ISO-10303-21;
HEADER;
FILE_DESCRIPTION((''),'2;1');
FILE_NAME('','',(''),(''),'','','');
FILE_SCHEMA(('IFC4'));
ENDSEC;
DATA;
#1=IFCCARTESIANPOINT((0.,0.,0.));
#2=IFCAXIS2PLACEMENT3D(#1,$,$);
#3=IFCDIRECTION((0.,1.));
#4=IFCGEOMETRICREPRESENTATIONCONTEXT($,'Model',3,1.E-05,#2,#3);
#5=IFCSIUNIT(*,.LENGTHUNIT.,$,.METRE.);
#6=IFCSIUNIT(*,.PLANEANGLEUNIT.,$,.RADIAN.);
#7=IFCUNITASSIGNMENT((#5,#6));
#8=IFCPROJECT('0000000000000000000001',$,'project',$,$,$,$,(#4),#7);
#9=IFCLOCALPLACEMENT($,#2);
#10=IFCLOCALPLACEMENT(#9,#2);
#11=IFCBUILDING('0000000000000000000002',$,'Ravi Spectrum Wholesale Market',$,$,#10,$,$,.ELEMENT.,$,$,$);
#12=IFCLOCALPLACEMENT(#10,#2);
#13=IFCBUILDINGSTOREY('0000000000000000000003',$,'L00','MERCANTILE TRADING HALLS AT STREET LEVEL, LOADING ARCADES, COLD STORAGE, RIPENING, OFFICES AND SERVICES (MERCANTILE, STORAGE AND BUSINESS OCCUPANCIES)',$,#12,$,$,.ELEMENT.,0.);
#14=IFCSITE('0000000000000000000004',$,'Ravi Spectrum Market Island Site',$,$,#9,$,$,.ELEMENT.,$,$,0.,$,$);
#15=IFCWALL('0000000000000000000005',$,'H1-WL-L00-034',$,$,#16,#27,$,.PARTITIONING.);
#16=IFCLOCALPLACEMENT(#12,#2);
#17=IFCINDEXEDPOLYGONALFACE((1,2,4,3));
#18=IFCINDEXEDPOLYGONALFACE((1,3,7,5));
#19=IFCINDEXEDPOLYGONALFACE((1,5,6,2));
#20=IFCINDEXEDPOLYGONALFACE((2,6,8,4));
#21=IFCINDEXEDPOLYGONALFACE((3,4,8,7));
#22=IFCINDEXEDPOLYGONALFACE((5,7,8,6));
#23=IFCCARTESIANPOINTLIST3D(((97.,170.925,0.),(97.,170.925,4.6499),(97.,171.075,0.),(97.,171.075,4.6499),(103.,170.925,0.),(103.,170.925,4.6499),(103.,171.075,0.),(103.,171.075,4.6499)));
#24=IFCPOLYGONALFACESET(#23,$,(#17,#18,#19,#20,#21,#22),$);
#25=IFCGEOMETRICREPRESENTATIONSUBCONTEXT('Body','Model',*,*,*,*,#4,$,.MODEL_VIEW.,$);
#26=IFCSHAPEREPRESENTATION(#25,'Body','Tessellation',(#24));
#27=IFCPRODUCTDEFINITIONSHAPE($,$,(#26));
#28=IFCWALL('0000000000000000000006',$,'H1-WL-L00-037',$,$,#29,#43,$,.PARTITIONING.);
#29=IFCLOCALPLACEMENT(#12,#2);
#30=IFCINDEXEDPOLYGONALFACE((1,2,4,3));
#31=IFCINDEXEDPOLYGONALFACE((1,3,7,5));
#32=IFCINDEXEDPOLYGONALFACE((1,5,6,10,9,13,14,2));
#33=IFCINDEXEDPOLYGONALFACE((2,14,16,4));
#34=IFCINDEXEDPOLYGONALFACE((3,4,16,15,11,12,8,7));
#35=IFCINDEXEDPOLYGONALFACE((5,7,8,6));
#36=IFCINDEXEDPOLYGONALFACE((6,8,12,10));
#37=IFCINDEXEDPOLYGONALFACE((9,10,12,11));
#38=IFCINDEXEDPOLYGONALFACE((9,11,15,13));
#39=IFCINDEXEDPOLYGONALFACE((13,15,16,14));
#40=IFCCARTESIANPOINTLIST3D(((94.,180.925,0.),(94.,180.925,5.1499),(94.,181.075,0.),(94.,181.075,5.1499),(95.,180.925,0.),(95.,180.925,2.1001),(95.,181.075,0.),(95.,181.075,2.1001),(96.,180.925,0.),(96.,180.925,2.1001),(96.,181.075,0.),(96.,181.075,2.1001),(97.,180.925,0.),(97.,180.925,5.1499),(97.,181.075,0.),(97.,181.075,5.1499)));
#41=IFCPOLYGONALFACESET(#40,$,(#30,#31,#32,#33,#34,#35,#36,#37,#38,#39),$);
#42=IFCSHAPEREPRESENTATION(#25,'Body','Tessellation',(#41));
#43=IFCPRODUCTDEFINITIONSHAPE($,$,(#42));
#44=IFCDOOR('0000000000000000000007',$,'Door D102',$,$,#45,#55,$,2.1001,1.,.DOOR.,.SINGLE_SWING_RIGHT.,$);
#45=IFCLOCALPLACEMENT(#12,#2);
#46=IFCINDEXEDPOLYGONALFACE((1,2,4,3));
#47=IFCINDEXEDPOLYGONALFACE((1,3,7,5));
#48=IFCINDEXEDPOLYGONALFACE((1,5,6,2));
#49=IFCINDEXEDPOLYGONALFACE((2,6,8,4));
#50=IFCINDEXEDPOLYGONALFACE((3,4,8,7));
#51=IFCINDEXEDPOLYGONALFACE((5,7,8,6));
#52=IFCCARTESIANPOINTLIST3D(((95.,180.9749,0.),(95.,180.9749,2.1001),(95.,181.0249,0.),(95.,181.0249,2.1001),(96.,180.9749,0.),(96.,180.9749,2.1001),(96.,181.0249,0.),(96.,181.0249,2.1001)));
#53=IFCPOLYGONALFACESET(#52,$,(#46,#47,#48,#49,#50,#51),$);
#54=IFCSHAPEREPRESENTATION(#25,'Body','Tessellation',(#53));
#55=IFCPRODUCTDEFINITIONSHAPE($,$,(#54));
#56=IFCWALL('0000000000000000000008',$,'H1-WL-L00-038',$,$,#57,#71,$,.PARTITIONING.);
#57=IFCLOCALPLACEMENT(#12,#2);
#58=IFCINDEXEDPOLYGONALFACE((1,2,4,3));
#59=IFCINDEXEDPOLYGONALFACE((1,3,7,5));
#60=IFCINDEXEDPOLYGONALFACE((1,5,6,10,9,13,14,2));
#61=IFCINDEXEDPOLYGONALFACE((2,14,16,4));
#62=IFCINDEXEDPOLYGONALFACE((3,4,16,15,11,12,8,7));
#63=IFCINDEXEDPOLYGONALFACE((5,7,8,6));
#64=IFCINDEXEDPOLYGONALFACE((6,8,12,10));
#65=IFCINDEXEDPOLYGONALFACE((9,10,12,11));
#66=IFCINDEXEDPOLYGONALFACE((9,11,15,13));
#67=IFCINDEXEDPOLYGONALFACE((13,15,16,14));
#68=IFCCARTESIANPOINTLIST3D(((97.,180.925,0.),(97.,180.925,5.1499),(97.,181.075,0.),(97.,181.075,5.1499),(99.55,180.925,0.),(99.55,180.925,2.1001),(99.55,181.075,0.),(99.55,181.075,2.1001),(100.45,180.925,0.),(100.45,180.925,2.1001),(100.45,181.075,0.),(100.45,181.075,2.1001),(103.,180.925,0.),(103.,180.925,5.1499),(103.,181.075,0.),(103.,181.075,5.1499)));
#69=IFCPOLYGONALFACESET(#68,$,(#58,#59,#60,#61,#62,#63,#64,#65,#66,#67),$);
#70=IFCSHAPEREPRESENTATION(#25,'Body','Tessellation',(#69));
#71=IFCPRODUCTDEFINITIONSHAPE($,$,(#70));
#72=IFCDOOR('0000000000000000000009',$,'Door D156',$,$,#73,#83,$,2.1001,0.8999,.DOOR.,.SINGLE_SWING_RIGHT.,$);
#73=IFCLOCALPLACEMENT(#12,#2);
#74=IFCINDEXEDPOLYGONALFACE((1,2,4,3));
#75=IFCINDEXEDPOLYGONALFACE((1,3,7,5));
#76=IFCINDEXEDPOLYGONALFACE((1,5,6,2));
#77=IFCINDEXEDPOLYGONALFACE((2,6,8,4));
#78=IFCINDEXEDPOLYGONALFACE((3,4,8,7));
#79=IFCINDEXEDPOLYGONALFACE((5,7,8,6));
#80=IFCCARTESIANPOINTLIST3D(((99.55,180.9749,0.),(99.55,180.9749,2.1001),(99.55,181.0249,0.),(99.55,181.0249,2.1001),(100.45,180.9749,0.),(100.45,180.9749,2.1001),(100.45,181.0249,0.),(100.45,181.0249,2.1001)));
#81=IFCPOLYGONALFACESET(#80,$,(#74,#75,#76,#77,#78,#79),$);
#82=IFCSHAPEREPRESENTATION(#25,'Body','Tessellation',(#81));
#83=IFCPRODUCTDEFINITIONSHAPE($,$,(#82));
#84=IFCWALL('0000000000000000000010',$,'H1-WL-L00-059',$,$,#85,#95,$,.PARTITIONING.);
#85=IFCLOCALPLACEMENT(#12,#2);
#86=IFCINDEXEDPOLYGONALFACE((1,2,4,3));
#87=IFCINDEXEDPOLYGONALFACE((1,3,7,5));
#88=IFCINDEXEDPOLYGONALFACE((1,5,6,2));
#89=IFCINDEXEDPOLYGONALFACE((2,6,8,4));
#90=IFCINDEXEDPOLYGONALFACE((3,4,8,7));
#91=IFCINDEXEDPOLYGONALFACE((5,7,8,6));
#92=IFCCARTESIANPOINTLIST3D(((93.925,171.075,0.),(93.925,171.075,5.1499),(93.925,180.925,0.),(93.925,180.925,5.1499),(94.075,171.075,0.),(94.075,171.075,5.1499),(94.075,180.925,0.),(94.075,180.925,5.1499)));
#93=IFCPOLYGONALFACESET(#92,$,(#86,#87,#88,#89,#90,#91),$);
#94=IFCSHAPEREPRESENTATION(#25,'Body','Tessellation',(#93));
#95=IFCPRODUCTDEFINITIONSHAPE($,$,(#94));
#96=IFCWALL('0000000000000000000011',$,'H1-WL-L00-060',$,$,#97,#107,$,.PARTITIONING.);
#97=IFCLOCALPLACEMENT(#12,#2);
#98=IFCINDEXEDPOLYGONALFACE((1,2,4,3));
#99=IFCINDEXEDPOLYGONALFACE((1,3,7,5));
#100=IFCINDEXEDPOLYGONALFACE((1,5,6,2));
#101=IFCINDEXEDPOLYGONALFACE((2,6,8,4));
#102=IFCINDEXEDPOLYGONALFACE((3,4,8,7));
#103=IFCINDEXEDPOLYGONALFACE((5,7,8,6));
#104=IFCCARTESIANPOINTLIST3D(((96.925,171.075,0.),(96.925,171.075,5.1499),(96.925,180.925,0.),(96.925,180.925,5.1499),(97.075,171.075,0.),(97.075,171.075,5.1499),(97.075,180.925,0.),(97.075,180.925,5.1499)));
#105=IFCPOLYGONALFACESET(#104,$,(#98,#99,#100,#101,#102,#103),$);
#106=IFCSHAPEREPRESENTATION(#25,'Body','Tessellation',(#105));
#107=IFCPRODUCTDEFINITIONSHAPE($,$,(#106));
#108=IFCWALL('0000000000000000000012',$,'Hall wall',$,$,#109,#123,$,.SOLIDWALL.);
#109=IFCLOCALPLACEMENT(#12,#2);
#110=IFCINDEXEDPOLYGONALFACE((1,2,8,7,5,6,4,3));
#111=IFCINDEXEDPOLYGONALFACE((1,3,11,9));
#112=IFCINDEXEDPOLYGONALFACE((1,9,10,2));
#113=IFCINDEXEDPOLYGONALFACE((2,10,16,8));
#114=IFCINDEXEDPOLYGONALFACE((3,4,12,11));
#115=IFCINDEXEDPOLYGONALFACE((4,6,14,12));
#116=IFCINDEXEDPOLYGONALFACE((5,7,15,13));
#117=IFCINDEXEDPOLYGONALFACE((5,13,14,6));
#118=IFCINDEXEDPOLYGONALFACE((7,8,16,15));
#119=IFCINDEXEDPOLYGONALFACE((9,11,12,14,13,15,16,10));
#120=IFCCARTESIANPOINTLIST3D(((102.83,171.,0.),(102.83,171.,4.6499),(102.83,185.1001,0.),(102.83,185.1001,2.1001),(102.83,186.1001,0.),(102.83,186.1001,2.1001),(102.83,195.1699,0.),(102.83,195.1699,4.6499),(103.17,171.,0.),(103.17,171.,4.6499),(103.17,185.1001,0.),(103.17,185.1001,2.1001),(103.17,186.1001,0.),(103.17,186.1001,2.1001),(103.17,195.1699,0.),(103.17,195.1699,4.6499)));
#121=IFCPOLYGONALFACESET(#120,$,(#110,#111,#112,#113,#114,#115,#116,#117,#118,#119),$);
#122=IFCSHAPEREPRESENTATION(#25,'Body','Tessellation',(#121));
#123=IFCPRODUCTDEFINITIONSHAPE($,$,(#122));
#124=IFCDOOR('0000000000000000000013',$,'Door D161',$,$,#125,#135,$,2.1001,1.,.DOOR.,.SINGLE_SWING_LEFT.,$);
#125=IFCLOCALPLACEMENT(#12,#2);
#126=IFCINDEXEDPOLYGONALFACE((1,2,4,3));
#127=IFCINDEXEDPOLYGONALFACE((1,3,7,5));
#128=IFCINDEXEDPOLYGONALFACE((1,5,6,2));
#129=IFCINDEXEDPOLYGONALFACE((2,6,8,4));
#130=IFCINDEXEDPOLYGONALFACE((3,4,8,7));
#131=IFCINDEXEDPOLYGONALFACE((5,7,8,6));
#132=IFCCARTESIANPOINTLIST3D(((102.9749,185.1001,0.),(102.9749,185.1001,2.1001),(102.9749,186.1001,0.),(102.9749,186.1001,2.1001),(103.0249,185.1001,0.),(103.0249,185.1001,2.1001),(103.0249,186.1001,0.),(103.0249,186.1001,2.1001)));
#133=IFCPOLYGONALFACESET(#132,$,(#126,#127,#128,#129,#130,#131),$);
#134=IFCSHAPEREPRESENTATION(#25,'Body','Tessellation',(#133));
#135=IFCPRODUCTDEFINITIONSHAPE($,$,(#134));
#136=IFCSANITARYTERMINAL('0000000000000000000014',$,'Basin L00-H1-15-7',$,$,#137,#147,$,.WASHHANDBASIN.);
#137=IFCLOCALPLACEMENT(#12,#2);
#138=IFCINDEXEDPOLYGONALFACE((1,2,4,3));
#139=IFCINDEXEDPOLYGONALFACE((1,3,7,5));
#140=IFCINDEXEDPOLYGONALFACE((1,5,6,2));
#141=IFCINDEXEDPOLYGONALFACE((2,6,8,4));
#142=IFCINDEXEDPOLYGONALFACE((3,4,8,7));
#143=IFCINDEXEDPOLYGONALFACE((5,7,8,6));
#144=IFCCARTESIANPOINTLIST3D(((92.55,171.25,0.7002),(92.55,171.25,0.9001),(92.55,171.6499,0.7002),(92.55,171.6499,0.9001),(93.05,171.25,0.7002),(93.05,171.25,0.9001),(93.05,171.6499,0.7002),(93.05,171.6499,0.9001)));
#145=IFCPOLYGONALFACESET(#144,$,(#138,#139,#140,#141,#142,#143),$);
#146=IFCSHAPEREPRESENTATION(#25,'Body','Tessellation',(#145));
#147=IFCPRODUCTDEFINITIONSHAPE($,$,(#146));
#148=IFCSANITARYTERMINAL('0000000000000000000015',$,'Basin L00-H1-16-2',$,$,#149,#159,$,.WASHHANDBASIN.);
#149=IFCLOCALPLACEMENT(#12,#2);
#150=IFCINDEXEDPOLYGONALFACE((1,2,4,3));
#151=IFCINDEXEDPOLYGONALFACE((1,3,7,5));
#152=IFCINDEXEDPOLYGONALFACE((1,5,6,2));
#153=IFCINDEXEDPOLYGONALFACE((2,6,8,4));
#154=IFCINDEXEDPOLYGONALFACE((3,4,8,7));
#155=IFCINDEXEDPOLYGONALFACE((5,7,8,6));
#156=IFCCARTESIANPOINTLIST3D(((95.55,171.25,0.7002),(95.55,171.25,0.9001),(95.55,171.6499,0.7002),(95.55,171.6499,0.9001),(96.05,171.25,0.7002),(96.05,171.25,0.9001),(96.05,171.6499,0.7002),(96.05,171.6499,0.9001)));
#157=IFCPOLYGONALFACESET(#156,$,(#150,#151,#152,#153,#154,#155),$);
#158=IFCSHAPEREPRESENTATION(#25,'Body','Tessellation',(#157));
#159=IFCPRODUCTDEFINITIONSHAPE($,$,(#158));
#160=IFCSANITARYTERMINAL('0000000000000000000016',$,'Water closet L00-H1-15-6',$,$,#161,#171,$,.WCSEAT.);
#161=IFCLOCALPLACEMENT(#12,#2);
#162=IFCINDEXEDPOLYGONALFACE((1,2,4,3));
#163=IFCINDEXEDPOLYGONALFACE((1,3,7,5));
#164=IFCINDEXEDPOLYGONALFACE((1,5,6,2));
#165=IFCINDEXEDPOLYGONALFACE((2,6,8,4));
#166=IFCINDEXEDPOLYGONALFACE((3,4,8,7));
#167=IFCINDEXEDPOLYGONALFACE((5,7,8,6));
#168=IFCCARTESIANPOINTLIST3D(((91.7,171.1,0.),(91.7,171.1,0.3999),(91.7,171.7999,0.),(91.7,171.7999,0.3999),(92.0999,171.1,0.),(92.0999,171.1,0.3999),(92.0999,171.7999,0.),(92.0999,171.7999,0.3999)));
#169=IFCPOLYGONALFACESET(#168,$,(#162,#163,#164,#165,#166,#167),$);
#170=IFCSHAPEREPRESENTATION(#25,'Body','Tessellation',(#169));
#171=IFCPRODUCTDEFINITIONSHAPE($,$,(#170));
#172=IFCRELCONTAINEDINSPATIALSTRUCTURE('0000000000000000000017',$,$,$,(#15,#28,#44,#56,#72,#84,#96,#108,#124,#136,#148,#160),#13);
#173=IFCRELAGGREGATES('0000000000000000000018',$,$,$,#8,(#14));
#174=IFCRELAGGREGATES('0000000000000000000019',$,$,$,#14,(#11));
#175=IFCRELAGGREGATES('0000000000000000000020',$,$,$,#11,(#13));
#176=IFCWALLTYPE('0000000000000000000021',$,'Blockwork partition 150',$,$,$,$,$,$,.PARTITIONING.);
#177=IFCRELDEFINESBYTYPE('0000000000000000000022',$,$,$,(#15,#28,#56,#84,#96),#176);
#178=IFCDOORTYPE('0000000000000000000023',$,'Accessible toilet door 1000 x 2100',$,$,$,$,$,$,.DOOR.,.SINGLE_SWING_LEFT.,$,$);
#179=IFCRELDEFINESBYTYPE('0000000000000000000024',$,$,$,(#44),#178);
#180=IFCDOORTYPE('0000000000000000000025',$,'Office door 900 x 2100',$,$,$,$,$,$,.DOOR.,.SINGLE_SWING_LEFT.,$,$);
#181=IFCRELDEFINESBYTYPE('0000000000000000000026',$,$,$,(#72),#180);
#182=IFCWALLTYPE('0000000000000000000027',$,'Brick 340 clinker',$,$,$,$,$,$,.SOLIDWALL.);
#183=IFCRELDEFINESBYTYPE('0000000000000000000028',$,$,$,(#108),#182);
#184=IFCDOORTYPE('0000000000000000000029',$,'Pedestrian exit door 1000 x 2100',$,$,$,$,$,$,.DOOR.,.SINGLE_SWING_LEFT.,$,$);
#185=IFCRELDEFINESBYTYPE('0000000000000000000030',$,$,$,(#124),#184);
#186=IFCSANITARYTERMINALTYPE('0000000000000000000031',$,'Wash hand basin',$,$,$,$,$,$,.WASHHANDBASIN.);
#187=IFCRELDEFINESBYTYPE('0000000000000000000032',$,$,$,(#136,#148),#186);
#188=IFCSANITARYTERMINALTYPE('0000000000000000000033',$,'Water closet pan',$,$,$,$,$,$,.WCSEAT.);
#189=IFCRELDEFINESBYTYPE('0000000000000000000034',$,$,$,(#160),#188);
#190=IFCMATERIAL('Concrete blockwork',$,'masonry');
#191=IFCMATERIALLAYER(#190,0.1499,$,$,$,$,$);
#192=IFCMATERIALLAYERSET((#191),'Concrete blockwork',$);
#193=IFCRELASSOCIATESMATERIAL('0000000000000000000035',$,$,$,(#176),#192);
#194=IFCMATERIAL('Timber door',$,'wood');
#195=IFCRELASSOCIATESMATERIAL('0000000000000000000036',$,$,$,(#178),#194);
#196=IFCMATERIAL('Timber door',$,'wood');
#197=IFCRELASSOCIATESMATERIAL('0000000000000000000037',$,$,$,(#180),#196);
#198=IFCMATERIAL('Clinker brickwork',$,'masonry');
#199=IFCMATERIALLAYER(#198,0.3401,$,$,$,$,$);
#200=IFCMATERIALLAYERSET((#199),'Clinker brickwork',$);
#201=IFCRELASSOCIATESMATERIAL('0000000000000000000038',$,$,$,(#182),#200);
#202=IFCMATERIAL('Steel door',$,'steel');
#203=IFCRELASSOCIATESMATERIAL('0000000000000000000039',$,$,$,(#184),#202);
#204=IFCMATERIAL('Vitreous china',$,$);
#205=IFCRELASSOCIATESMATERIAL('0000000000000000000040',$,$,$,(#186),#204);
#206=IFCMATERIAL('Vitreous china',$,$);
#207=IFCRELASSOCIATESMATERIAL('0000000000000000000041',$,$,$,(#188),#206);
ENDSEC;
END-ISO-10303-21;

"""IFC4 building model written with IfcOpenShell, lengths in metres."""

from ifc_helpers import new_model, si_unit, direction, frame, frame_2d, origin, origin_2d, place, context, subcontext, project, spatial, rectangle, extrude, material, layer, layer_set, type_object, element, fill, save


model = new_model("IFC4")

# Units and contexts
model_context = context("Model", 3, precision=1e-05, world=origin(), true_north=direction((0.0, 1.0)))
body_context = subcontext(model_context, "Body", "Model", "MODEL_VIEW")
ifc_project = project(units=[si_unit("LENGTHUNIT", "METRE"), si_unit("PLANEANGLEUNIT", "RADIAN")], contexts=[model_context])

# Site, building, storey
site_placement = place(None, origin())
site = spatial("IfcSite", under=ifc_project, at=site_placement, Name="Ravi Spectrum Market Island Site", CompositionType="ELEMENT", RefElevation=0.0)
building_placement = place(site_placement, origin())
building = spatial("IfcBuilding", under=site, at=building_placement, Name="Ravi Spectrum Wholesale Market", CompositionType="ELEMENT")
storey_placement = place(building_placement, origin())
storey = spatial("IfcBuildingStorey", under=building, at=storey_placement, Name="L00", Description="MERCANTILE TRADING HALLS AT STREET LEVEL, LOADING ARCADES, COLD STORAGE, RIPENING, OFFICES AND SERVICES (MERCANTILE, STORAGE AND BUSINESS OCCUPANCIES)", CompositionType="ELEMENT", Elevation=0.0)

# Wall
ifc_material_1 = material(Name="Concrete blockwork", Category="masonry")
ifc_layer_1 = layer(ifc_material_1, 0.1499)
ifc_layer_set_1 = layer_set([ifc_layer_1], Name="Concrete blockwork")
wall_type_1 = type_object("IfcWallType", Name="Blockwork partition 150", PredefinedType="PARTITIONING", material=ifc_layer_set_1)
wall_1_placement = place(storey_placement, frame((97.0, 171.0, 0.0), z_axis=(0.0, 0.0, 1.0), x_axis=(1.0, 0.0, 0.0)))
element("IfcWall", 1, at=wall_1_placement, inside=storey, type_object=wall_type_1, Name="H1-WL-L00-034", PredefinedType="PARTITIONING", context=body_context, shape_type="SweptSolid", body=[
    extrude(rectangle(XDim=6.0, YDim=0.1499, at=frame_2d((3.0, 0.0))), origin(), (0.0, 0.0, 1.0), 4.6499),
])

# Walls, openings, doors
wall_2_placement = place(storey_placement, frame((94.0, 181.0, 0.0), z_axis=(0.0, 0.0, 1.0), x_axis=(1.0, 0.0, 0.0)))
wall_2 = element("IfcWall", 2, at=wall_2_placement, inside=storey, type_object=wall_type_1, Name="H1-WL-L00-037", PredefinedType="PARTITIONING", context=body_context, shape_type="SweptSolid", body=[
    extrude(rectangle(XDim=3.0, YDim=0.1499, at=frame_2d((1.5, 0.0))), origin(), (0.0, 0.0, 1.0), 5.1499),
])
opening_1_placement = place(wall_2_placement, frame((1.0, 0.0, 0.0)))
opening_1 = element("IfcOpeningElement", 3, at=opening_1_placement, cuts=wall_2, PredefinedType="OPENING", context=body_context, shape_type="SweptSolid", body=[
    extrude(rectangle(XDim=1.0, YDim=2.1001, at=frame_2d((0.5, 1.05))), frame((0.0, 0.085, 0.0), z_axis=(0.0, -1.0, 0.0), x_axis=(1.0, 0.0, 0.0)), (0.0, 0.0, 1.0), 0.1699),
])
ifc_material_2 = material(Name="Timber door", Category="wood")
door_type_1 = type_object("IfcDoorType", Name="Accessible toilet door 1000 x 2100", OperationType="SINGLE_SWING_LEFT", PredefinedType="DOOR", material=ifc_material_2)
door_1_placement = place(opening_1_placement, origin())
door_1 = element("IfcDoor", 4, at=door_1_placement, inside=storey, type_object=door_type_1, Name="Door D102", OperationType="SINGLE_SWING_RIGHT", OverallHeight=2.1001, OverallWidth=1.0, PredefinedType="DOOR", context=body_context, shape_type="SweptSolid", body=[
    extrude(rectangle(XDim=1.0, YDim=2.1001, at=frame_2d((0.5, 1.05))), frame((0.0, 0.0249, 0.0), z_axis=(0.0, -1.0, 0.0), x_axis=(1.0, 0.0, 0.0)), (0.0, 0.0, 1.0), 0.05),
])
fill(opening_1, door_1)
wall_3_placement = place(storey_placement, frame((97.0, 181.0, 0.0), z_axis=(0.0, 0.0, 1.0), x_axis=(1.0, 0.0, 0.0)))
wall_3 = element("IfcWall", 5, at=wall_3_placement, inside=storey, type_object=wall_type_1, Name="H1-WL-L00-038", PredefinedType="PARTITIONING", context=body_context, shape_type="SweptSolid", body=[
    extrude(rectangle(XDim=6.0, YDim=0.1499, at=frame_2d((3.0, 0.0))), origin(), (0.0, 0.0, 1.0), 5.1499),
])
opening_2_placement = place(wall_3_placement, frame((2.55, 0.0, 0.0)))
opening_2 = element("IfcOpeningElement", 6, at=opening_2_placement, cuts=wall_3, PredefinedType="OPENING", context=body_context, shape_type="SweptSolid", body=[
    extrude(rectangle(XDim=0.8999, YDim=2.1001, at=frame_2d((0.45, 1.05))), frame((0.0, 0.085, 0.0), z_axis=(0.0, -1.0, 0.0), x_axis=(1.0, 0.0, 0.0)), (0.0, 0.0, 1.0), 0.1699),
])
ifc_material_3 = material(Name="Timber door", Category="wood")
door_type_2 = type_object("IfcDoorType", Name="Office door 900 x 2100", OperationType="SINGLE_SWING_LEFT", PredefinedType="DOOR", material=ifc_material_3)
door_2_placement = place(opening_2_placement, origin())
door_2 = element("IfcDoor", 7, at=door_2_placement, inside=storey, type_object=door_type_2, Name="Door D156", OperationType="SINGLE_SWING_RIGHT", OverallHeight=2.1001, OverallWidth=0.8999, PredefinedType="DOOR", context=body_context, shape_type="SweptSolid", body=[
    extrude(rectangle(XDim=0.8999, YDim=2.1001, at=frame_2d((0.45, 1.05))), frame((0.0, 0.0249, 0.0), z_axis=(0.0, -1.0, 0.0), x_axis=(1.0, 0.0, 0.0)), (0.0, 0.0, 1.0), 0.05),
])
fill(opening_2, door_2)

# Walls
for number, where, z_axis, x_axis, name in (
    (8, (94.0, 171.075, 0.0), (0.0, 0.0, 1.0), (0.0, 1.0, 0.0), "H1-WL-L00-059"),
    (9, (97.0, 171.075, 0.0), (0.0, 0.0, 1.0), (0.0, 1.0, 0.0), "H1-WL-L00-060"),
):
    element("IfcWall", number, at=place(storey_placement, frame(where, z_axis=z_axis, x_axis=x_axis)), inside=storey, type_object=wall_type_1, Name=name, PredefinedType="PARTITIONING", context=body_context, shape_type="SweptSolid", body=[
        extrude(rectangle(XDim=9.8501, YDim=0.1499, at=frame_2d((4.925, 0.0))), origin(), (0.0, 0.0, 1.0), 5.1499),
    ])

# Wall, opening, door
ifc_material_4 = material(Name="Clinker brickwork", Category="masonry")
ifc_layer_2 = layer(ifc_material_4, 0.3401)
ifc_layer_set_2 = layer_set([ifc_layer_2], Name="Clinker brickwork")
wall_type_2 = type_object("IfcWallType", Name="Brick 340 clinker", PredefinedType="SOLIDWALL", material=ifc_layer_set_2)
wall_4_placement = place(storey_placement, frame((103.0, 171.0, 0.0), z_axis=(0.0, 0.0, 1.0), x_axis=(0.0, 1.0, 0.0)))
wall_4 = element("IfcWall", 10, at=wall_4_placement, inside=storey, type_object=wall_type_2, Name="Hall wall", PredefinedType="SOLIDWALL", context=body_context, shape_type="SweptSolid", body=[
    extrude(rectangle(XDim=24.1699, YDim=0.3401, at=frame_2d((12.085, 0.0))), origin(), (0.0, 0.0, 1.0), 4.6499),
])
opening_3_placement = place(wall_4_placement, frame((15.1001, 0.0, 0.0), z_axis=(0.0, 0.0, 1.0), x_axis=(-1.0, 0.0, 0.0)))
opening_3 = element("IfcOpeningElement", 11, at=opening_3_placement, cuts=wall_4, PredefinedType="OPENING", context=body_context, shape_type="SweptSolid", body=[
    extrude(rectangle(XDim=1.0, YDim=2.1001, at=frame_2d((0.5, 1.05))), frame((0.0, 0.1799, 0.0), z_axis=(0.0, -1.0, 0.0), x_axis=(1.0, 0.0, 0.0)), (0.0, 0.0, 1.0), 0.3601),
])
ifc_material_5 = material(Name="Steel door", Category="steel")
door_type_3 = type_object("IfcDoorType", Name="Pedestrian exit door 1000 x 2100", OperationType="SINGLE_SWING_LEFT", PredefinedType="DOOR", material=ifc_material_5)
door_3_placement = place(opening_3_placement, origin())
door_3 = element("IfcDoor", 12, at=door_3_placement, inside=storey, type_object=door_type_3, Name="Door D161", OperationType="SINGLE_SWING_LEFT", OverallHeight=2.1001, OverallWidth=1.0, PredefinedType="DOOR", context=body_context, shape_type="SweptSolid", body=[
    extrude(rectangle(XDim=1.0, YDim=2.1001, at=frame_2d((0.5, 1.05))), frame((0.0, 0.0249, 0.0), z_axis=(0.0, -1.0, 0.0), x_axis=(1.0, 0.0, 0.0)), (0.0, 0.0, 1.0), 0.05),
])
fill(opening_3, door_3)

# Sanitary terminals
ifc_material_6 = material(Name="Vitreous china")
sanitary_terminal_type_1 = type_object("IfcSanitaryTerminalType", Name="Wash hand basin", PredefinedType="WASHHANDBASIN", material=ifc_material_6)
for number, where, z_axis, x_axis, name in (
    (13, (92.8, 171.45, 0.7002), (0.0, 0.0, 1.0), (1.0, 0.0, 0.0), "Basin L00-H1-15-7"),
    (14, (95.8, 171.45, 0.7002), (0.0, 0.0, 1.0), (1.0, 0.0, 0.0), "Basin L00-H1-16-2"),
):
    element("IfcSanitaryTerminal", number, at=place(storey_placement, frame(where, z_axis=z_axis, x_axis=x_axis)), inside=storey, type_object=sanitary_terminal_type_1, Name=name, PredefinedType="WASHHANDBASIN", context=body_context, shape_type="SweptSolid", body=[
        extrude(rectangle(XDim=0.5, YDim=0.3999, at=origin_2d()), origin(), (0.0, 0.0, 1.0), 0.2),
    ])
ifc_material_7 = material(Name="Vitreous china")
sanitary_terminal_type_2 = type_object("IfcSanitaryTerminalType", Name="Water closet pan", PredefinedType="WCSEAT", material=ifc_material_7)
for number, where, z_axis, x_axis, name in (
    (15, (91.8999, 171.45, 0.0), (0.0, 0.0, 1.0), (1.0, 0.0, 0.0), "Water closet L00-H1-15-6"),
):
    element("IfcSanitaryTerminal", number, at=place(storey_placement, frame(where, z_axis=z_axis, x_axis=x_axis)), inside=storey, type_object=sanitary_terminal_type_2, Name=name, PredefinedType="WCSEAT", context=body_context, shape_type="SweptSolid", body=[
        extrude(rectangle(XDim=0.3999, YDim=0.7, at=origin_2d()), origin(), (0.0, 0.0, 1.0), 0.3999),
    ])

save(model, "model.ifc")
